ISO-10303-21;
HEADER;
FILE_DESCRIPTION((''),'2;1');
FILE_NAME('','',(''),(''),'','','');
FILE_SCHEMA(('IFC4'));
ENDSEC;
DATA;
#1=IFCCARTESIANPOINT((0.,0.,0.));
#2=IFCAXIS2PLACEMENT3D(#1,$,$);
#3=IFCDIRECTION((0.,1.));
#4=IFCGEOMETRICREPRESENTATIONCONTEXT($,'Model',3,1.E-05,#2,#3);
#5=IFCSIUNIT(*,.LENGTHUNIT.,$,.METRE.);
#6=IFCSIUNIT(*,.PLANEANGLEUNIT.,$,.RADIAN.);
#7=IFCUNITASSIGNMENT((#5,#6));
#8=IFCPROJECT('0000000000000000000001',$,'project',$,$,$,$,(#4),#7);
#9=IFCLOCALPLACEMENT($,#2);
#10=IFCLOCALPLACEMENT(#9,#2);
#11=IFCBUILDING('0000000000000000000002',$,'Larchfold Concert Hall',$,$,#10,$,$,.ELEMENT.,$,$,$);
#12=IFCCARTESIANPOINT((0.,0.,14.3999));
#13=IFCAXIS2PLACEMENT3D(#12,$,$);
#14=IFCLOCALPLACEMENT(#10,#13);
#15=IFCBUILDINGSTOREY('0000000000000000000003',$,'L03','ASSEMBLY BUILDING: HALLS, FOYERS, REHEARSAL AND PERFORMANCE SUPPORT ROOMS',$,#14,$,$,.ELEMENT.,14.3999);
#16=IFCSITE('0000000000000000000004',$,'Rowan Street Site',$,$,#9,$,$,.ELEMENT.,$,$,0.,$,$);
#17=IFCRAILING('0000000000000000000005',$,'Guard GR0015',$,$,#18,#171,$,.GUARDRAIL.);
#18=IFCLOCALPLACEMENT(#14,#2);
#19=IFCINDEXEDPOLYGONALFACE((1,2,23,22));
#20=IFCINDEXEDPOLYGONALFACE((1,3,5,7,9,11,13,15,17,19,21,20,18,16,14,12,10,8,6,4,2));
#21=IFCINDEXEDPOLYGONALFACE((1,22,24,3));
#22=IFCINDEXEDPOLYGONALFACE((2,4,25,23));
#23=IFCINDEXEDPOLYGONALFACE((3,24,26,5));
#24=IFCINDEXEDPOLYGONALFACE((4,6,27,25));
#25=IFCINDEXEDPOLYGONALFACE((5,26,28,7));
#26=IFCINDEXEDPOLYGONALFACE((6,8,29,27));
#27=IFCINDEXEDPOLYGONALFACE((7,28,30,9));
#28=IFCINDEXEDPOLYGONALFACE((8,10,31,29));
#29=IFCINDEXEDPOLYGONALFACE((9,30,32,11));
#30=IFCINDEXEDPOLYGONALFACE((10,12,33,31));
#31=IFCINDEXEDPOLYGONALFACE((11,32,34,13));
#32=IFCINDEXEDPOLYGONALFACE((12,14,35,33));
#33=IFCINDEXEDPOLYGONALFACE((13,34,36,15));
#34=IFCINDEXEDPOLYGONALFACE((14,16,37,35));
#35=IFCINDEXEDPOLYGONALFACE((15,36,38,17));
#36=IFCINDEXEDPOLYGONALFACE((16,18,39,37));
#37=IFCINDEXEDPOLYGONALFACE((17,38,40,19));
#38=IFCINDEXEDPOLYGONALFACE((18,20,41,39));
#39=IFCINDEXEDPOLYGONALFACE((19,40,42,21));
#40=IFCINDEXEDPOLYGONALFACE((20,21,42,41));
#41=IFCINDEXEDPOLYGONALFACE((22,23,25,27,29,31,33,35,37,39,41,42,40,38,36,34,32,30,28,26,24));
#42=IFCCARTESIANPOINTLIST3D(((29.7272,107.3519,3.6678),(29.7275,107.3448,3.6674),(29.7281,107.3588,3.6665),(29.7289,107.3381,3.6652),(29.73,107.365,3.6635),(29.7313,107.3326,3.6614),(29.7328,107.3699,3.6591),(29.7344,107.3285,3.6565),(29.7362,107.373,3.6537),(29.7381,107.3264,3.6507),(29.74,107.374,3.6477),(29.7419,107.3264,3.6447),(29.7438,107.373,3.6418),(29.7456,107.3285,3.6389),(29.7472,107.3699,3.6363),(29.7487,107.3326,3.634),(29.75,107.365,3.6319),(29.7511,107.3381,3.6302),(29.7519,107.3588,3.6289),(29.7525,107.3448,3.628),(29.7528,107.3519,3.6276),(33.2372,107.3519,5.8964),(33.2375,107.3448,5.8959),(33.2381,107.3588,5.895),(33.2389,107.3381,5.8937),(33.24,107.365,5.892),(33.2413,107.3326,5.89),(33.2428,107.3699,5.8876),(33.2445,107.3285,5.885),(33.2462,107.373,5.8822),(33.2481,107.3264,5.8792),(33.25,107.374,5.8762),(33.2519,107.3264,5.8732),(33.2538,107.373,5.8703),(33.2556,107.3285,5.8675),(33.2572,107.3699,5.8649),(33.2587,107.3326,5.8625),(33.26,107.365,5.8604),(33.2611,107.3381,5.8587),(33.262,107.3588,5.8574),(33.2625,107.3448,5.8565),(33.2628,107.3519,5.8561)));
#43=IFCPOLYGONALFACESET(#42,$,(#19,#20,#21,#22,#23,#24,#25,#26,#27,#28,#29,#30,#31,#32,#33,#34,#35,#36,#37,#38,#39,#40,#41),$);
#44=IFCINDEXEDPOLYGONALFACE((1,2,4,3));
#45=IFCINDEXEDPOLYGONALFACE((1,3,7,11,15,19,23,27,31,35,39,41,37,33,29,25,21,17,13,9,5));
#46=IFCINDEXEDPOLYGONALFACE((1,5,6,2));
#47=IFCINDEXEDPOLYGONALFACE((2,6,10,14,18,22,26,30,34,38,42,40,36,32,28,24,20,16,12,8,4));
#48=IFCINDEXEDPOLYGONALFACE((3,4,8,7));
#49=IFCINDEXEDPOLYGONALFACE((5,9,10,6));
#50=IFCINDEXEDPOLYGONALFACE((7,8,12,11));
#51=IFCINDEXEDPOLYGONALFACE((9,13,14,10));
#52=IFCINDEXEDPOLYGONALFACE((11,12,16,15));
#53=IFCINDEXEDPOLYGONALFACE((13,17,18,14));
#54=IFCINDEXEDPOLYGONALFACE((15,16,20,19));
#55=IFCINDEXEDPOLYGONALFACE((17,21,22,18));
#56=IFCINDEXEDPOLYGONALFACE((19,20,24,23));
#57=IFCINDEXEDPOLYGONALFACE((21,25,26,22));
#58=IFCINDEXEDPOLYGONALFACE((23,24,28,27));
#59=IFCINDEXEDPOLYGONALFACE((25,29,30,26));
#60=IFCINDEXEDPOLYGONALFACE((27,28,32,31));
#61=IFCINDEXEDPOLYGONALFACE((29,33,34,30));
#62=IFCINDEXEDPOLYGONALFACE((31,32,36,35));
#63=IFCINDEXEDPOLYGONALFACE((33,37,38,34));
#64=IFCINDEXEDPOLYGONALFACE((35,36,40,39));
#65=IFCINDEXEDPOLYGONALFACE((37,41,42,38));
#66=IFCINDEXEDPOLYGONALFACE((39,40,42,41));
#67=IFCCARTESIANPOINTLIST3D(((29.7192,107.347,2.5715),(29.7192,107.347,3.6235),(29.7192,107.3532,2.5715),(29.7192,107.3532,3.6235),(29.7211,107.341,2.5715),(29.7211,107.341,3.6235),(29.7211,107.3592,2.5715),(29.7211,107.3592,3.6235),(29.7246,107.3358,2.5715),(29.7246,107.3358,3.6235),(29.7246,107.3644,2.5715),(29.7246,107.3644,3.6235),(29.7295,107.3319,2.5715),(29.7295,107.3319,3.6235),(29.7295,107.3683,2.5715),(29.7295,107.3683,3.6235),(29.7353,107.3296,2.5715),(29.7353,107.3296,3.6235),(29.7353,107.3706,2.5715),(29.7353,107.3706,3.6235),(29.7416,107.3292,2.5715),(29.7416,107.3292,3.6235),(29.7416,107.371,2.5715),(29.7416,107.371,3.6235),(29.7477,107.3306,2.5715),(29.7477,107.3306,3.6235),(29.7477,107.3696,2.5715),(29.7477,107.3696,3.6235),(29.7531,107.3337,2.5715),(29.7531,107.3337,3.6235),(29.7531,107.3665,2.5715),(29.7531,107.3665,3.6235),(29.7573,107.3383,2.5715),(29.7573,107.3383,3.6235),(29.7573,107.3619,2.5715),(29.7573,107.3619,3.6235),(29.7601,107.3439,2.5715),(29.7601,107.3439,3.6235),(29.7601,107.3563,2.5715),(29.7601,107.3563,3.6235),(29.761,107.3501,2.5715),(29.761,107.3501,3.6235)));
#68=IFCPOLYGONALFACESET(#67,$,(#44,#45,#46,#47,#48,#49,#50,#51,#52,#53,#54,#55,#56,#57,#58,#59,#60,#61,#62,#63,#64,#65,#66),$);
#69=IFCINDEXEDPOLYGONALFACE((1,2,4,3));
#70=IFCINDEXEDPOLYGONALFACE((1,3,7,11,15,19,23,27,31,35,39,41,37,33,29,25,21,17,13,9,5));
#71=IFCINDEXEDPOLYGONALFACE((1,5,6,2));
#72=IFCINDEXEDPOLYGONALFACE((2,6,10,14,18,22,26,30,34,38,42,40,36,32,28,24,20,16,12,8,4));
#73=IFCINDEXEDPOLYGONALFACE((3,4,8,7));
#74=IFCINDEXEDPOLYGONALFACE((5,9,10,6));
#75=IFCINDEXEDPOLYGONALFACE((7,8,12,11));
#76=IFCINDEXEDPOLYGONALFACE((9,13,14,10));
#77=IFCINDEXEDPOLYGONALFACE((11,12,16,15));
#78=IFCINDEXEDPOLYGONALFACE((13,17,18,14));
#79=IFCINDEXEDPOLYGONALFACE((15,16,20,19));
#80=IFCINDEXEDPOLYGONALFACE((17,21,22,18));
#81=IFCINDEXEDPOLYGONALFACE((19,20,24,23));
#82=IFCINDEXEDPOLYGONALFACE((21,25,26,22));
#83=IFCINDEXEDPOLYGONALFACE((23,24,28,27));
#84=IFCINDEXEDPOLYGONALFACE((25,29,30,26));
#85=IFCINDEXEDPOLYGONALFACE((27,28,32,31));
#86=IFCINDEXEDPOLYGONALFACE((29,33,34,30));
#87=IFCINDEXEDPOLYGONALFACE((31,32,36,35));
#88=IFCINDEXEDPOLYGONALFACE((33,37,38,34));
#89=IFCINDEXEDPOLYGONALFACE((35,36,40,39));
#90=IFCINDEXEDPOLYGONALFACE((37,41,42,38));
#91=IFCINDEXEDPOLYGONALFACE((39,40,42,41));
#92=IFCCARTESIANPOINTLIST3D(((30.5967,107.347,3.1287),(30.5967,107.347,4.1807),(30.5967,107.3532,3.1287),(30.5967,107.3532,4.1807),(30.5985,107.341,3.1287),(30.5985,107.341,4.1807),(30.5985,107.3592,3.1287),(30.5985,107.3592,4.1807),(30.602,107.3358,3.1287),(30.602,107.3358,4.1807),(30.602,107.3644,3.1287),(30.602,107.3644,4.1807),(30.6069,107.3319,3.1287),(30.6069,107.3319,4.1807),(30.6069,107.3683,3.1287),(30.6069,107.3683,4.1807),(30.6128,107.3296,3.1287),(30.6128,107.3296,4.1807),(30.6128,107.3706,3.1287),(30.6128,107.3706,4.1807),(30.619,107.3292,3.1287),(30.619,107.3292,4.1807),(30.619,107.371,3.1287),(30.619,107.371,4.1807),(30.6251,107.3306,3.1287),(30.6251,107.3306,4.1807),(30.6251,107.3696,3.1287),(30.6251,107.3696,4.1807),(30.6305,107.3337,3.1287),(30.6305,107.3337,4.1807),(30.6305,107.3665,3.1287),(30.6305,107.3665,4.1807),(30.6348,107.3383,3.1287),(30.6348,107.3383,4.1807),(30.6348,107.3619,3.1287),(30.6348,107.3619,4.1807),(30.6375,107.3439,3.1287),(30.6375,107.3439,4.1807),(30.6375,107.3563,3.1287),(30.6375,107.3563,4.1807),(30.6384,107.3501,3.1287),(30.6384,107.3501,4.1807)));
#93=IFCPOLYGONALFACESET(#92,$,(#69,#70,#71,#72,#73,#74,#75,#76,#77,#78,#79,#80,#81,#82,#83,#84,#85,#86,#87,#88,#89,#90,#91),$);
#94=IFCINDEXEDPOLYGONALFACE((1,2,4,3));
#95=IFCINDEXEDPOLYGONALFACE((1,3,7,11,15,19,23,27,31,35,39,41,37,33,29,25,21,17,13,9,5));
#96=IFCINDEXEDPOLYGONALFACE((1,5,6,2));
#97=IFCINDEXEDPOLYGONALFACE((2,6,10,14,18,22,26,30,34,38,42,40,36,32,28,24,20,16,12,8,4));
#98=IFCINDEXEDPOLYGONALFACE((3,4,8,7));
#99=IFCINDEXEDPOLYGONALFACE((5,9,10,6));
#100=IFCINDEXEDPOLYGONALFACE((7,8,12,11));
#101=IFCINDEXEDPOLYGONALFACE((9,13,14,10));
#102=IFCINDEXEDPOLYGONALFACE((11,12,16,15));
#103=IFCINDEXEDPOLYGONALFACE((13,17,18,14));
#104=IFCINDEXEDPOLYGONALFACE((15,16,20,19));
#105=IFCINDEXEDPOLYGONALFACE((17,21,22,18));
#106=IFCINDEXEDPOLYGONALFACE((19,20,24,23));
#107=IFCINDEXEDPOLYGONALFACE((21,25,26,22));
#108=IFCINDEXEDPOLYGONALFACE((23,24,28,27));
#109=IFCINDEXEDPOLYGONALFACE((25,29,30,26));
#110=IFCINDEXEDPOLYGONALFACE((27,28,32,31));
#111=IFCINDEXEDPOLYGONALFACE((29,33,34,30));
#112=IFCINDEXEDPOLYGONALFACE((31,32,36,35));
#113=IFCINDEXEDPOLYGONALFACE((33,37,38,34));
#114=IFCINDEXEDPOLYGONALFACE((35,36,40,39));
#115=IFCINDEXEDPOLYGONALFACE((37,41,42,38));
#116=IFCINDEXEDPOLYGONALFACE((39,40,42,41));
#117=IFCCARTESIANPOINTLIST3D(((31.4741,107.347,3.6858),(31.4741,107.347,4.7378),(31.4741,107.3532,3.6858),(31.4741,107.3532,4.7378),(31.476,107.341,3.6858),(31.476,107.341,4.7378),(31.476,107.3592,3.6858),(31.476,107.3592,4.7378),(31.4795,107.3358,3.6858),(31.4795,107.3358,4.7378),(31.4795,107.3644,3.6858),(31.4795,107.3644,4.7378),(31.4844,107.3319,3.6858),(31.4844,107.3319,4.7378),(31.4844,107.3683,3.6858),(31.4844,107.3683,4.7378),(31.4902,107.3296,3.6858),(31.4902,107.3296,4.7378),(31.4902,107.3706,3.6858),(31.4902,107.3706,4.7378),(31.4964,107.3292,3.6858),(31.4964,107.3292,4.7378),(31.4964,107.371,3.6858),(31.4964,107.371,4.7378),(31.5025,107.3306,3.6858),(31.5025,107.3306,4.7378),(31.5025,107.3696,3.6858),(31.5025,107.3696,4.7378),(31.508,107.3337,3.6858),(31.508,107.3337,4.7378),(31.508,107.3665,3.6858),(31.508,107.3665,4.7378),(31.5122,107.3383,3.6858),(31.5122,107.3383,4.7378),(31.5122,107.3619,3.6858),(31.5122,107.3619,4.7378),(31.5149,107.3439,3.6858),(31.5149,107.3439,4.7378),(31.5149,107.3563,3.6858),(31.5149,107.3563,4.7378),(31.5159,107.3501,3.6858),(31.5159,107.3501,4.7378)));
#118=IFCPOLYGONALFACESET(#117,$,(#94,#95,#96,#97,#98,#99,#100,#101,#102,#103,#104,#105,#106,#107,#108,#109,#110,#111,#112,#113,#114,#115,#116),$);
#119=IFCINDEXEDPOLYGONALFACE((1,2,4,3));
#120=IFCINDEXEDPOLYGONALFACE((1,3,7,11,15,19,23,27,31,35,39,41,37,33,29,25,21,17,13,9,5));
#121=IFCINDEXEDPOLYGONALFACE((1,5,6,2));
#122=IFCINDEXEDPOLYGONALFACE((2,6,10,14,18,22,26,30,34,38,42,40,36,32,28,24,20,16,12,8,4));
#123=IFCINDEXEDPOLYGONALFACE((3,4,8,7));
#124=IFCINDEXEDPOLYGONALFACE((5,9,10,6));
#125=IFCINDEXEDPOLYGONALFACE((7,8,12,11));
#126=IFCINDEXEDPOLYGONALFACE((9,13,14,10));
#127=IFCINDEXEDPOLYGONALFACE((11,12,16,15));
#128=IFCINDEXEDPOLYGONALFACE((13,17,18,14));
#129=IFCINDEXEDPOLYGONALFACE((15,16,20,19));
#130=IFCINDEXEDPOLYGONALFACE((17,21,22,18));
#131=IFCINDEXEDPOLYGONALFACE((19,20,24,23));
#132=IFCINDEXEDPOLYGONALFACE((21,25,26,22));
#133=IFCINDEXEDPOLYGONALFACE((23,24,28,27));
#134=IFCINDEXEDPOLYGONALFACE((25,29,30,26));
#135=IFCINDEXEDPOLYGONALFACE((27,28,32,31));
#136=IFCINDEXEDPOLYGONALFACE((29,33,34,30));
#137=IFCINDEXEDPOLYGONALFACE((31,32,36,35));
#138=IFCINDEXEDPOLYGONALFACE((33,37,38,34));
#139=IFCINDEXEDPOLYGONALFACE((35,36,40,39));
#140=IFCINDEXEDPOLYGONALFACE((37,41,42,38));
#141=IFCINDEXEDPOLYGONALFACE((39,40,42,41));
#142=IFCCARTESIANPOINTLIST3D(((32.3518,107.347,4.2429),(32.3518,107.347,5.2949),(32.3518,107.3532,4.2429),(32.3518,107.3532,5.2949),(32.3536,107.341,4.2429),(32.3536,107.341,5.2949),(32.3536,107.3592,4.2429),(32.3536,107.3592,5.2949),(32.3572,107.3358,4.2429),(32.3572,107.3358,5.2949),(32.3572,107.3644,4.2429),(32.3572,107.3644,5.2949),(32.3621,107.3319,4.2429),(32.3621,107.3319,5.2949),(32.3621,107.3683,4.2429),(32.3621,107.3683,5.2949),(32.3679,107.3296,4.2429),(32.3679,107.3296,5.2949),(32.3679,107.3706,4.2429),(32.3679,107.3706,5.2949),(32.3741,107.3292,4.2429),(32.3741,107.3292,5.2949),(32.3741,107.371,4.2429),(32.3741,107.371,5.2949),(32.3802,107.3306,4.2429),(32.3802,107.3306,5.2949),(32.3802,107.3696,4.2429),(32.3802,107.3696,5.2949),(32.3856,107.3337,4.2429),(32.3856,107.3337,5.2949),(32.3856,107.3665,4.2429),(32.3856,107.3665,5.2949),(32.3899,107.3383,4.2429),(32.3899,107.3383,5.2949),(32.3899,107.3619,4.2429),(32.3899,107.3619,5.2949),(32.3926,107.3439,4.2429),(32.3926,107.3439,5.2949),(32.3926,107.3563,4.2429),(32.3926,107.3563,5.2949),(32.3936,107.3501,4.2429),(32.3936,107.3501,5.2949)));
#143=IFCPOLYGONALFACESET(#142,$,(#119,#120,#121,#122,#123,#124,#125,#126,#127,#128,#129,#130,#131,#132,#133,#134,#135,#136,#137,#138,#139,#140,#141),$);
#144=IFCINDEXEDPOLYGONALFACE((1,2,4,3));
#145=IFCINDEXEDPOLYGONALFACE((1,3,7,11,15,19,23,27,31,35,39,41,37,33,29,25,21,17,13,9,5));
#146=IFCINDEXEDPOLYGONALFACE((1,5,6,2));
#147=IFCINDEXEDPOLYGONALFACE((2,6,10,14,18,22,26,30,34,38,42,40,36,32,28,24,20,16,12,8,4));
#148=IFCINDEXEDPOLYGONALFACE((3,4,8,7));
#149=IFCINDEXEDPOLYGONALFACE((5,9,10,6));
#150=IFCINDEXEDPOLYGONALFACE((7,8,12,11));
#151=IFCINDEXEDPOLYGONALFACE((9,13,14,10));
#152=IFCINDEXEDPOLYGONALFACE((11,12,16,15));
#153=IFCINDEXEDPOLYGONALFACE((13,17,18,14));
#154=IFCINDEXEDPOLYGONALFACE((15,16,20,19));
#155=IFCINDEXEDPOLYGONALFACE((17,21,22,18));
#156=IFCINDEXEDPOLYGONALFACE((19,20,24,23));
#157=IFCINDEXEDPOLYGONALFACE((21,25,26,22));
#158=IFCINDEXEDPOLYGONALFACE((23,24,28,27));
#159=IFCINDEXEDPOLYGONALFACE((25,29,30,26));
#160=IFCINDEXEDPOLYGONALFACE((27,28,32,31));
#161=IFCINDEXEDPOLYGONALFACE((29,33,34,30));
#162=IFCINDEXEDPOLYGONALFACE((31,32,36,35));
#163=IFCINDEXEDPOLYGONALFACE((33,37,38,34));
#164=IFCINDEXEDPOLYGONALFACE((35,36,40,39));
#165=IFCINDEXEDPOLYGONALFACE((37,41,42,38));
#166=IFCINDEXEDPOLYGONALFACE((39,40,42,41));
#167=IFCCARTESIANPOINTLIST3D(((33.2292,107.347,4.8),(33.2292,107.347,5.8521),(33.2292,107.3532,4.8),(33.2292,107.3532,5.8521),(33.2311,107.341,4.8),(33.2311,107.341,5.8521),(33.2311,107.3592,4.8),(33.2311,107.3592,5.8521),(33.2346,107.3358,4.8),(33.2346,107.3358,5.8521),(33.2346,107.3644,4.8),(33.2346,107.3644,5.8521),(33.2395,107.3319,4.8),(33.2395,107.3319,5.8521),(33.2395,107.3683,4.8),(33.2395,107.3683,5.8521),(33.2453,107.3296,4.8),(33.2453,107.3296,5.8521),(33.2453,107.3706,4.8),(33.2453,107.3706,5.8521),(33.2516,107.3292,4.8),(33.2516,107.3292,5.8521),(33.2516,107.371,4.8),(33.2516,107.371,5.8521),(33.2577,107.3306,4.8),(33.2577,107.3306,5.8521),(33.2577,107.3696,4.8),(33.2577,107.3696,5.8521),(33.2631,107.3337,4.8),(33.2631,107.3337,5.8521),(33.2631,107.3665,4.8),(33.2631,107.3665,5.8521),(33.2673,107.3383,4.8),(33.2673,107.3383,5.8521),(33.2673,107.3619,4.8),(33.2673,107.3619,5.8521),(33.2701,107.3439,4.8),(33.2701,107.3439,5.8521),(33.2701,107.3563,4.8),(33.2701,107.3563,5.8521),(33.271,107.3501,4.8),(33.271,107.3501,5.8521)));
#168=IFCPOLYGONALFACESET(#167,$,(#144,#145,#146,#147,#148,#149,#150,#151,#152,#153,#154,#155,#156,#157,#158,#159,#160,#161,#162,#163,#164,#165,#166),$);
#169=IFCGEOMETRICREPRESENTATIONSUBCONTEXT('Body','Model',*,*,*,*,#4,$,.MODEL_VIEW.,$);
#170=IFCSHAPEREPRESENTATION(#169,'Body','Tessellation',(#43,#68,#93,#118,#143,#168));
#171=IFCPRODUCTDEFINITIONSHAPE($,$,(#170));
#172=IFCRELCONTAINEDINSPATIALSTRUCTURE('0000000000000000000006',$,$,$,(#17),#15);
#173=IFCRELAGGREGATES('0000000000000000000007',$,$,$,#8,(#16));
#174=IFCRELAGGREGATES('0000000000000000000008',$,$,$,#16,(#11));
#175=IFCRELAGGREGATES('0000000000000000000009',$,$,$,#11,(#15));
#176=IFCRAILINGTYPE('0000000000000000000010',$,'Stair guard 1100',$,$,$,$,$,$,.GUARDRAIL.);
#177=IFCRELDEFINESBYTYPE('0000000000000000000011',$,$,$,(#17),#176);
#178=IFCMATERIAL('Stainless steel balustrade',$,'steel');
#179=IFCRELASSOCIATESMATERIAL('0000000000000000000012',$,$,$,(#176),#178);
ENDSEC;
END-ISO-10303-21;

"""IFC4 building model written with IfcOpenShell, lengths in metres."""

from ifc_helpers import new_model, si_unit, direction, frame, origin, origin_2d, place, context, subcontext, project, spatial, circle, extrude, material, type_object, element, save


model = new_model("IFC4")

# Units and contexts
model_context = context("Model", 3, precision=1e-05, world=origin(), true_north=direction((0.0, 1.0)))
body_context = subcontext(model_context, "Body", "Model", "MODEL_VIEW")
ifc_project = project(units=[si_unit("LENGTHUNIT", "METRE"), si_unit("PLANEANGLEUNIT", "RADIAN")], contexts=[model_context])

# Site, building, storey
site_placement = place(None, origin())
site = spatial("IfcSite", under=ifc_project, at=site_placement, Name="Rowan Street Site", CompositionType="ELEMENT", RefElevation=0.0)
building_placement = place(site_placement, origin())
building = spatial("IfcBuilding", under=site, at=building_placement, Name="Larchfold Concert Hall", CompositionType="ELEMENT")
storey_placement = place(building_placement, frame((0.0, 0.0, 14.3999)))
storey = spatial("IfcBuildingStorey", under=building, at=storey_placement, Name="L03", Description="ASSEMBLY BUILDING: HALLS, FOYERS, REHEARSAL AND PERFORMANCE SUPPORT ROOMS", CompositionType="ELEMENT", Elevation=14.3999)

# Railing
ifc_material_1 = material(Name="Stainless steel balustrade", Category="steel")
railing_type_1 = type_object("IfcRailingType", Name="Stair guard 1100", PredefinedType="GUARDRAIL", material=ifc_material_1)
railing_1_placement = place(storey_placement, frame((29.74, 107.3501, 2.5715)))
element("IfcRailing", 1, at=railing_1_placement, inside=storey, type_object=railing_type_1, Name="Guard GR0015", PredefinedType="GUARDRAIL", context=body_context, shape_type="SweptSolid", body=[
    extrude(circle(Radius=0.0239, at=origin_2d()), frame((0.0, 0.0, 1.0762), z_axis=(0.84422, 0.0, 0.535998), x_axis=(0.0, 1.0, 0.0)), (0.0, 0.0, 1.0), 4.1577),
    extrude(circle(Radius=0.021, at=origin_2d()), origin(), (0.0, 0.0, 1.0), 1.052),
    extrude(circle(Radius=0.021, at=origin_2d()), frame((0.8774, 0.0, 0.5571)), (0.0, 0.0, 1.0), 1.052),
    extrude(circle(Radius=0.021, at=origin_2d()), frame((1.7549, 0.0, 1.1143)), (0.0, 0.0, 1.0), 1.052),
    extrude(circle(Radius=0.021, at=origin_2d()), frame((2.6326, 0.0, 1.6714)), (0.0, 0.0, 1.0), 1.052),
    extrude(circle(Radius=0.021, at=origin_2d()), frame((3.51, 0.0, 2.2285)), (0.0, 0.0, 1.0), 1.052),
])

save(model, "model.ifc")
